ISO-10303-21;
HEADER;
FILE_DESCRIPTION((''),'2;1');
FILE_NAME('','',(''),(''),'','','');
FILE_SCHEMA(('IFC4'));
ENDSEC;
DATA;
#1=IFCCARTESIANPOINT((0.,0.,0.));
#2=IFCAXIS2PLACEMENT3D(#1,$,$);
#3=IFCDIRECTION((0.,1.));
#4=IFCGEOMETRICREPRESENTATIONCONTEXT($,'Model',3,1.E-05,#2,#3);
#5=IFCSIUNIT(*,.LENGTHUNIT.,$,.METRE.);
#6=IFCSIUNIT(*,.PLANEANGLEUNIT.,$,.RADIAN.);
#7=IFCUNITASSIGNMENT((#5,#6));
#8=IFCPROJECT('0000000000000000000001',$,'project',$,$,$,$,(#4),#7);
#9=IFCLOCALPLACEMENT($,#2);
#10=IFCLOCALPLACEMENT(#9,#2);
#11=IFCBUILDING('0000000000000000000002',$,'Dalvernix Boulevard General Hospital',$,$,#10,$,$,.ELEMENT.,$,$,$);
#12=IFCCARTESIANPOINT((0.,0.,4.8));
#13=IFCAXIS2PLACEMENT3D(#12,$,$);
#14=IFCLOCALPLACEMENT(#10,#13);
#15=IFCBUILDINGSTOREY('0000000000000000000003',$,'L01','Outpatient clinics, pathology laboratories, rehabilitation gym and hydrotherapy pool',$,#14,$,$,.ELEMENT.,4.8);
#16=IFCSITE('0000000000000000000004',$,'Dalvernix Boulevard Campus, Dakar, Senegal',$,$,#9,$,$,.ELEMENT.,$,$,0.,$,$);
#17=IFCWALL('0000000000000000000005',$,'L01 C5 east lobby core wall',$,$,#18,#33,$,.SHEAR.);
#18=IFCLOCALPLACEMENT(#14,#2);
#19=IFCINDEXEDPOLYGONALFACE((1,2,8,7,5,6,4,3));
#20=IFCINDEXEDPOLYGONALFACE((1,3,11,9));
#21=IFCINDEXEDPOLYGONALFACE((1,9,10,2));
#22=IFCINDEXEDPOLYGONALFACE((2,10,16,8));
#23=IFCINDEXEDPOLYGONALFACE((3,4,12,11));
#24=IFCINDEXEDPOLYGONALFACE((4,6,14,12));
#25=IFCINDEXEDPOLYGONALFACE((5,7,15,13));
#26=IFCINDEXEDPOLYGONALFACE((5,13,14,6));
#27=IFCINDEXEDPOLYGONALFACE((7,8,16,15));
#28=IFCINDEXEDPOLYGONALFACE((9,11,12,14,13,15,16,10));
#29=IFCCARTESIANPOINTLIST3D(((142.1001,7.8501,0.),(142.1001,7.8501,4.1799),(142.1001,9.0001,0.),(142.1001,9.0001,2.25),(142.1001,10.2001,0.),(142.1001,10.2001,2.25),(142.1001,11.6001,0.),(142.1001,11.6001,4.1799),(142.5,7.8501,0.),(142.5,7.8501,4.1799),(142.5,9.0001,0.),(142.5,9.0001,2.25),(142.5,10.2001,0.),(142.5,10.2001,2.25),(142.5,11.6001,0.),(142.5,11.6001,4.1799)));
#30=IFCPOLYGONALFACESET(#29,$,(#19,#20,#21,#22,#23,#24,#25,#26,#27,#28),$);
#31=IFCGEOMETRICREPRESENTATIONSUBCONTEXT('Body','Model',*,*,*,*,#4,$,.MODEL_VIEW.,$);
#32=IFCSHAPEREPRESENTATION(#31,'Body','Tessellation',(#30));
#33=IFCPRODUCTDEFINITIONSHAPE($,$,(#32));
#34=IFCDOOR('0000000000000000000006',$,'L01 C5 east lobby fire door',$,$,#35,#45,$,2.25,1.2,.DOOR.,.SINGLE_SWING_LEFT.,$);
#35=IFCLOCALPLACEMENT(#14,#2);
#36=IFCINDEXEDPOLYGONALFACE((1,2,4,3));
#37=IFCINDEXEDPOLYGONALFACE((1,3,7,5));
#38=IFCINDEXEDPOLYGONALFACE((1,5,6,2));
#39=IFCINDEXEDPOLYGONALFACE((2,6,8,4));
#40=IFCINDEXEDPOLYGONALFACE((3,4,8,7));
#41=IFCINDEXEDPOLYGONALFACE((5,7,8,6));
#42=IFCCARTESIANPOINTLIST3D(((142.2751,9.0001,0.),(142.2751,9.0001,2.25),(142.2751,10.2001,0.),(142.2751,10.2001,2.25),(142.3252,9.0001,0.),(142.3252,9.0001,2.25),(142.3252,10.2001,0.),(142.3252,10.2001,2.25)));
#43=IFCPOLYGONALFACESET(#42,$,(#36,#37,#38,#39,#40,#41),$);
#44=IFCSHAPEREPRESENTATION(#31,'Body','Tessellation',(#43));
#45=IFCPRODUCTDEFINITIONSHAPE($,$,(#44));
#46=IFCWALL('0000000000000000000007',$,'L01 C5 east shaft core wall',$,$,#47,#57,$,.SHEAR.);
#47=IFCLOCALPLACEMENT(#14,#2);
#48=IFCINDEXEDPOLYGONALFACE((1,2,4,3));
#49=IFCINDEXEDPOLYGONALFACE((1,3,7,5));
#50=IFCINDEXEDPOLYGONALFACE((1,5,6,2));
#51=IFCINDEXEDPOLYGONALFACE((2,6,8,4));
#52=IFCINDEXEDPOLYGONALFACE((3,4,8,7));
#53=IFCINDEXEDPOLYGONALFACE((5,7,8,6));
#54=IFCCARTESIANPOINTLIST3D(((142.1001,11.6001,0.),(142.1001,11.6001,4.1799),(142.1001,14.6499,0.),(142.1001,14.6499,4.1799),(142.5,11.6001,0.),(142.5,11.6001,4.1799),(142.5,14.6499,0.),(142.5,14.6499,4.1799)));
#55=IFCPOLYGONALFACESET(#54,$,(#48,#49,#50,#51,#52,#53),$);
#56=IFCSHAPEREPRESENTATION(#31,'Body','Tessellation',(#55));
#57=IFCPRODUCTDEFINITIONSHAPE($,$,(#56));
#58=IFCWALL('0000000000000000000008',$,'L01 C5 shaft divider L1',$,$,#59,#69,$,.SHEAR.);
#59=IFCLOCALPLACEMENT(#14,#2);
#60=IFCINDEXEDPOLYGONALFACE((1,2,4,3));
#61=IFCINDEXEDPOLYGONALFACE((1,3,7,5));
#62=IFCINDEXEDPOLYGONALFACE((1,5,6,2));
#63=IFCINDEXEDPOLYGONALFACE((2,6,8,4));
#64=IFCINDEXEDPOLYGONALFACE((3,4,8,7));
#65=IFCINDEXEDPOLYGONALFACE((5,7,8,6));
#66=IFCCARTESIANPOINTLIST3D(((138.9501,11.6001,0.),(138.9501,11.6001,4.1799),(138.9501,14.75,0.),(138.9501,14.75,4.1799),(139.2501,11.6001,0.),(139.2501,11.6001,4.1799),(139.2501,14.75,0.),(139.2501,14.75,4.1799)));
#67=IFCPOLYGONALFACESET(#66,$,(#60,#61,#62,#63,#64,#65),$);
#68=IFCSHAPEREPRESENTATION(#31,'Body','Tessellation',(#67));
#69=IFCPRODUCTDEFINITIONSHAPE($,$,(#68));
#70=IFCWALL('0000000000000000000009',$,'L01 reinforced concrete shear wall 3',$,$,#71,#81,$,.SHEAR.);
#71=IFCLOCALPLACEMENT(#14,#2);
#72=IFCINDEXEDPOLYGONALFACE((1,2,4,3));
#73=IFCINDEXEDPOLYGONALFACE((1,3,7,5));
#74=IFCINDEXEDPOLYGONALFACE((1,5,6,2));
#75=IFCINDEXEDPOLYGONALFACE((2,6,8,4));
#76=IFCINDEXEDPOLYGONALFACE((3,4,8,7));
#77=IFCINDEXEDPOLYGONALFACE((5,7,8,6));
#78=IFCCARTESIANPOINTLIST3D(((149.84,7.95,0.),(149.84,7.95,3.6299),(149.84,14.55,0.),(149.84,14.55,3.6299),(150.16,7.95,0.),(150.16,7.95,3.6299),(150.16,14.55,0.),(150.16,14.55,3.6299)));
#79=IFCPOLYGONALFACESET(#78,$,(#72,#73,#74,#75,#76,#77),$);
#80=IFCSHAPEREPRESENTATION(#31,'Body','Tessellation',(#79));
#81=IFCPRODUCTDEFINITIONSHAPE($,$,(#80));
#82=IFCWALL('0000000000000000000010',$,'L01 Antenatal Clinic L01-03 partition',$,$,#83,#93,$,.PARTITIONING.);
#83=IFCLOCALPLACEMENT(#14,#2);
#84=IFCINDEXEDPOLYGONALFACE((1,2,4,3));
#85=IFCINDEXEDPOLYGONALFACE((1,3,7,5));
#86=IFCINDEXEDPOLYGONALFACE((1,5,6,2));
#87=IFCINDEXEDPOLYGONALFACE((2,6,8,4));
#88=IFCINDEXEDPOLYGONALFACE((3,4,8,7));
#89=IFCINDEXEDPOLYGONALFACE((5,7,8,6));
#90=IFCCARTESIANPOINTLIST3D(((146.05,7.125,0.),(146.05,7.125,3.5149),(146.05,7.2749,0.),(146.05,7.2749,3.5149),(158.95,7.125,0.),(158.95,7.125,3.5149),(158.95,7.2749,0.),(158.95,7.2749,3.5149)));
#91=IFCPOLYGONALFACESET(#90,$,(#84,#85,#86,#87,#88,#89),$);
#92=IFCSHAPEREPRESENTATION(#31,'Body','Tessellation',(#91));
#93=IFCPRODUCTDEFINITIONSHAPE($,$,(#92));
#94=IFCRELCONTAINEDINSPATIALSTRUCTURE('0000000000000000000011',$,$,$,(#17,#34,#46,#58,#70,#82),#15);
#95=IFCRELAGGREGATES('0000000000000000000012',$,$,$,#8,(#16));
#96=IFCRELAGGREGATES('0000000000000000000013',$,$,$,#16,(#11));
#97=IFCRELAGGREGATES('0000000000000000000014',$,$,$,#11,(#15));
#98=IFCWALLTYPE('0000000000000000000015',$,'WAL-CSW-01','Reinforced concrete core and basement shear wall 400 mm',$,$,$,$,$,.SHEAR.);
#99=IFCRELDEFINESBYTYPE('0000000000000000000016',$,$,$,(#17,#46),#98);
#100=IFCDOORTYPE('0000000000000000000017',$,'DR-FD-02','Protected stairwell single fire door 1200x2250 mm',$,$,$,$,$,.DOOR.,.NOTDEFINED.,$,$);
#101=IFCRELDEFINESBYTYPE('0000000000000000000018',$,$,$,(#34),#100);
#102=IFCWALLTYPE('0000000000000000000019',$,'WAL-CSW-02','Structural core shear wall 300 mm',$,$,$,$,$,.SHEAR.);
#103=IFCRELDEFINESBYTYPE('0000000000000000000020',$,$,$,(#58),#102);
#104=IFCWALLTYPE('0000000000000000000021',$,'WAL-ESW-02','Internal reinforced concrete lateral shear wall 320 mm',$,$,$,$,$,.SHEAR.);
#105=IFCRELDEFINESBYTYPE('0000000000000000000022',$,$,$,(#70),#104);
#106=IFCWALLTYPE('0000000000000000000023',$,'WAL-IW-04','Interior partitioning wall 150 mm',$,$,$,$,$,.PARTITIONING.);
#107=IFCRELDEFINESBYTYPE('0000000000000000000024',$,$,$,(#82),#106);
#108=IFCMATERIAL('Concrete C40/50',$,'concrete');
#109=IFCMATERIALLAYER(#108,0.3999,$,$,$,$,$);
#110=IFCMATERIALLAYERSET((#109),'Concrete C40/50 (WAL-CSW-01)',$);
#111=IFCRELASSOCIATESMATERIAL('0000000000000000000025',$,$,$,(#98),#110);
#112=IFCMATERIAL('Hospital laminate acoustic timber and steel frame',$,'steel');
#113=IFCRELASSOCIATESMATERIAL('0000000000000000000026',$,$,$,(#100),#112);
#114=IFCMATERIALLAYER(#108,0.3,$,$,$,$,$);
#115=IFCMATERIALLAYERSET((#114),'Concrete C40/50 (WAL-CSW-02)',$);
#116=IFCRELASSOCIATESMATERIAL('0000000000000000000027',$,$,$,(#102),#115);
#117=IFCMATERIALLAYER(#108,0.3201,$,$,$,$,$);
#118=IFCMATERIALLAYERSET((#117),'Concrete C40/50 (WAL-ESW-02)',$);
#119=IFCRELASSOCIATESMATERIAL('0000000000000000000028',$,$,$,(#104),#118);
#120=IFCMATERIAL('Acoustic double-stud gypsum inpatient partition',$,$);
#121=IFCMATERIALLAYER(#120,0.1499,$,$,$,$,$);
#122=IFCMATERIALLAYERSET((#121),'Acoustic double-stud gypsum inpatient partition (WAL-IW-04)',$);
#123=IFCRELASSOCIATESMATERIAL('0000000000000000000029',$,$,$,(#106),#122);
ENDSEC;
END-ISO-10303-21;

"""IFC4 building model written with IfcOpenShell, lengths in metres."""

from ifc_helpers import new_model, si_unit, direction, frame, frame_2d, origin, place, context, subcontext, project, spatial, rectangle, extrude, material, layer, layer_set, type_object, element, fill, save


model = new_model("IFC4")

# Units and contexts
model_context = context("Model", 3, precision=1e-05, world=origin(), true_north=direction((0.0, 1.0)))
body_context = subcontext(model_context, "Body", "Model", "MODEL_VIEW")
ifc_project = project(units=[si_unit("LENGTHUNIT", "METRE"), si_unit("PLANEANGLEUNIT", "RADIAN")], contexts=[model_context])

# Site, building, storey
site_placement = place(None, origin())
site = spatial("IfcSite", under=ifc_project, at=site_placement, Name="Dalvernix Boulevard Campus, Dakar, Senegal", CompositionType="ELEMENT", RefElevation=0.0)
building_placement = place(site_placement, origin())
building = spatial("IfcBuilding", under=site, at=building_placement, Name="Dalvernix Boulevard General Hospital", CompositionType="ELEMENT")
storey_placement = place(building_placement, frame((0.0, 0.0, 4.8)))
storey = spatial("IfcBuildingStorey", under=building, at=storey_placement, Name="L01", Description="Outpatient clinics, pathology laboratories, rehabilitation gym and hydrotherapy pool", CompositionType="ELEMENT", Elevation=4.8)

# Shared definitions
ifc_material_1 = material(Name="Concrete C40/50", Category="concrete")

# Wall, opening, door
ifc_layer_1 = layer(ifc_material_1, 0.3999)
ifc_layer_set_1 = layer_set([ifc_layer_1], Name="Concrete C40/50 (WAL-CSW-01)")
wall_type_1 = type_object("IfcWallType", Name="WAL-CSW-01", Description="Reinforced concrete core and basement shear wall 400 mm", PredefinedType="SHEAR", material=ifc_layer_set_1)
wall_1_placement = place(storey_placement, frame((142.3, 7.8501, 0.0), z_axis=(0.0, 0.0, 1.0), x_axis=(0.0, 1.0, 0.0)))
wall_1 = element("IfcWall", 1, at=wall_1_placement, inside=storey, type_object=wall_type_1, Name="L01 C5 east lobby core wall", PredefinedType="SHEAR", context=body_context, shape_type="SweptSolid", body=[
    extrude(rectangle(XDim=3.75, YDim=0.3999, at=frame_2d((1.875, 0.0))), origin(), (0.0, 0.0, 1.0), 4.1799),
])
opening_placement = place(wall_1_placement, frame((1.1499, 0.0, 0.0)))
opening = element("IfcOpeningElement", 2, at=opening_placement, cuts=wall_1, PredefinedType="OPENING", context=body_context, shape_type="SweptSolid", body=[
    extrude(rectangle(XDim=1.2, YDim=2.25, at=frame_2d((0.6001, 1.125))), frame((0.0, 0.21, 0.0), z_axis=(0.0, -1.0, 0.0), x_axis=(1.0, 0.0, 0.0)), (0.0, 0.0, 1.0), 0.4199),
])
ifc_material_2 = material(Name="Hospital laminate acoustic timber and steel frame", Category="steel")
door_type = type_object("IfcDoorType", Name="DR-FD-02", Description="Protected stairwell single fire door 1200x2250 mm", OperationType="NOTDEFINED", PredefinedType="DOOR", material=ifc_material_2)
door_placement = place(opening_placement, origin())
door = element("IfcDoor", 3, at=door_placement, inside=storey, type_object=door_type, Name="L01 C5 east lobby fire door", OperationType="SINGLE_SWING_LEFT", OverallHeight=2.25, OverallWidth=1.2, PredefinedType="DOOR", context=body_context, shape_type="SweptSolid", body=[
    extrude(rectangle(XDim=1.2, YDim=2.25, at=frame_2d((0.6001, 1.125))), frame((0.0, 0.0249, 0.0), z_axis=(0.0, -1.0, 0.0), x_axis=(1.0, 0.0, 0.0)), (0.0, 0.0, 1.0), 0.05),
])
fill(opening, door)

# Walls
wall_2_placement = place(storey_placement, frame((142.3, 11.6001, 0.0), z_axis=(0.0, 0.0, 1.0), x_axis=(0.0, 1.0, 0.0)))
element("IfcWall", 4, at=wall_2_placement, inside=storey, type_object=wall_type_1, Name="L01 C5 east shaft core wall", PredefinedType="SHEAR", context=body_context, shape_type="SweptSolid", body=[
    extrude(rectangle(XDim=3.0498, YDim=0.3999, at=frame_2d((1.5249, 0.0))), origin(), (0.0, 0.0, 1.0), 4.1799),
])
ifc_layer_2 = layer(ifc_material_1, 0.3)
ifc_layer_set_2 = layer_set([ifc_layer_2], Name="Concrete C40/50 (WAL-CSW-02)")
wall_type_2 = type_object("IfcWallType", Name="WAL-CSW-02", Description="Structural core shear wall 300 mm", PredefinedType="SHEAR", material=ifc_layer_set_2)
wall_3_placement = place(storey_placement, frame((139.1001, 11.6001, 0.0), z_axis=(0.0, 0.0, 1.0), x_axis=(0.0, 1.0, 0.0)))
element("IfcWall", 5, at=wall_3_placement, inside=storey, type_object=wall_type_2, Name="L01 C5 shaft divider L1", PredefinedType="SHEAR", context=body_context, shape_type="SweptSolid", body=[
    extrude(rectangle(XDim=3.1499, YDim=0.3, at=frame_2d((1.575, 0.0))), origin(), (0.0, 0.0, 1.0), 4.1799),
])
ifc_layer_3 = layer(ifc_material_1, 0.3201)
ifc_layer_set_3 = layer_set([ifc_layer_3], Name="Concrete C40/50 (WAL-ESW-02)")
wall_type_3 = type_object("IfcWallType", Name="WAL-ESW-02", Description="Internal reinforced concrete lateral shear wall 320 mm", PredefinedType="SHEAR", material=ifc_layer_set_3)
wall_4_placement = place(storey_placement, frame((150.0, 7.95, 0.0), z_axis=(0.0, 0.0, 1.0), x_axis=(0.0, 1.0, 0.0)))
element("IfcWall", 6, at=wall_4_placement, inside=storey, type_object=wall_type_3, Name="L01 reinforced concrete shear wall 3", PredefinedType="SHEAR", context=body_context, shape_type="SweptSolid", body=[
    extrude(rectangle(XDim=6.6001, YDim=0.3201, at=frame_2d((3.3, 0.0))), origin(), (0.0, 0.0, 1.0), 3.6299),
])
ifc_material_3 = material(Name="Acoustic double-stud gypsum inpatient partition")
ifc_layer_4 = layer(ifc_material_3, 0.1499)
ifc_layer_set_4 = layer_set([ifc_layer_4], Name="Acoustic double-stud gypsum inpatient partition (WAL-IW-04)")
wall_type_4 = type_object("IfcWallType", Name="WAL-IW-04", Description="Interior partitioning wall 150 mm", PredefinedType="PARTITIONING", material=ifc_layer_set_4)
wall_5_placement = place(storey_placement, frame((146.05, 7.2, 0.0), z_axis=(0.0, 0.0, 1.0), x_axis=(1.0, 0.0, 0.0)))
element("IfcWall", 7, at=wall_5_placement, inside=storey, type_object=wall_type_4, Name="L01 Antenatal Clinic L01-03 partition", PredefinedType="PARTITIONING", context=body_context, shape_type="SweptSolid", body=[
    extrude(rectangle(XDim=12.8999, YDim=0.1499, at=frame_2d((6.45, 0.0))), origin(), (0.0, 0.0, 1.0), 3.5149),
])

save(model, "model.ifc")
